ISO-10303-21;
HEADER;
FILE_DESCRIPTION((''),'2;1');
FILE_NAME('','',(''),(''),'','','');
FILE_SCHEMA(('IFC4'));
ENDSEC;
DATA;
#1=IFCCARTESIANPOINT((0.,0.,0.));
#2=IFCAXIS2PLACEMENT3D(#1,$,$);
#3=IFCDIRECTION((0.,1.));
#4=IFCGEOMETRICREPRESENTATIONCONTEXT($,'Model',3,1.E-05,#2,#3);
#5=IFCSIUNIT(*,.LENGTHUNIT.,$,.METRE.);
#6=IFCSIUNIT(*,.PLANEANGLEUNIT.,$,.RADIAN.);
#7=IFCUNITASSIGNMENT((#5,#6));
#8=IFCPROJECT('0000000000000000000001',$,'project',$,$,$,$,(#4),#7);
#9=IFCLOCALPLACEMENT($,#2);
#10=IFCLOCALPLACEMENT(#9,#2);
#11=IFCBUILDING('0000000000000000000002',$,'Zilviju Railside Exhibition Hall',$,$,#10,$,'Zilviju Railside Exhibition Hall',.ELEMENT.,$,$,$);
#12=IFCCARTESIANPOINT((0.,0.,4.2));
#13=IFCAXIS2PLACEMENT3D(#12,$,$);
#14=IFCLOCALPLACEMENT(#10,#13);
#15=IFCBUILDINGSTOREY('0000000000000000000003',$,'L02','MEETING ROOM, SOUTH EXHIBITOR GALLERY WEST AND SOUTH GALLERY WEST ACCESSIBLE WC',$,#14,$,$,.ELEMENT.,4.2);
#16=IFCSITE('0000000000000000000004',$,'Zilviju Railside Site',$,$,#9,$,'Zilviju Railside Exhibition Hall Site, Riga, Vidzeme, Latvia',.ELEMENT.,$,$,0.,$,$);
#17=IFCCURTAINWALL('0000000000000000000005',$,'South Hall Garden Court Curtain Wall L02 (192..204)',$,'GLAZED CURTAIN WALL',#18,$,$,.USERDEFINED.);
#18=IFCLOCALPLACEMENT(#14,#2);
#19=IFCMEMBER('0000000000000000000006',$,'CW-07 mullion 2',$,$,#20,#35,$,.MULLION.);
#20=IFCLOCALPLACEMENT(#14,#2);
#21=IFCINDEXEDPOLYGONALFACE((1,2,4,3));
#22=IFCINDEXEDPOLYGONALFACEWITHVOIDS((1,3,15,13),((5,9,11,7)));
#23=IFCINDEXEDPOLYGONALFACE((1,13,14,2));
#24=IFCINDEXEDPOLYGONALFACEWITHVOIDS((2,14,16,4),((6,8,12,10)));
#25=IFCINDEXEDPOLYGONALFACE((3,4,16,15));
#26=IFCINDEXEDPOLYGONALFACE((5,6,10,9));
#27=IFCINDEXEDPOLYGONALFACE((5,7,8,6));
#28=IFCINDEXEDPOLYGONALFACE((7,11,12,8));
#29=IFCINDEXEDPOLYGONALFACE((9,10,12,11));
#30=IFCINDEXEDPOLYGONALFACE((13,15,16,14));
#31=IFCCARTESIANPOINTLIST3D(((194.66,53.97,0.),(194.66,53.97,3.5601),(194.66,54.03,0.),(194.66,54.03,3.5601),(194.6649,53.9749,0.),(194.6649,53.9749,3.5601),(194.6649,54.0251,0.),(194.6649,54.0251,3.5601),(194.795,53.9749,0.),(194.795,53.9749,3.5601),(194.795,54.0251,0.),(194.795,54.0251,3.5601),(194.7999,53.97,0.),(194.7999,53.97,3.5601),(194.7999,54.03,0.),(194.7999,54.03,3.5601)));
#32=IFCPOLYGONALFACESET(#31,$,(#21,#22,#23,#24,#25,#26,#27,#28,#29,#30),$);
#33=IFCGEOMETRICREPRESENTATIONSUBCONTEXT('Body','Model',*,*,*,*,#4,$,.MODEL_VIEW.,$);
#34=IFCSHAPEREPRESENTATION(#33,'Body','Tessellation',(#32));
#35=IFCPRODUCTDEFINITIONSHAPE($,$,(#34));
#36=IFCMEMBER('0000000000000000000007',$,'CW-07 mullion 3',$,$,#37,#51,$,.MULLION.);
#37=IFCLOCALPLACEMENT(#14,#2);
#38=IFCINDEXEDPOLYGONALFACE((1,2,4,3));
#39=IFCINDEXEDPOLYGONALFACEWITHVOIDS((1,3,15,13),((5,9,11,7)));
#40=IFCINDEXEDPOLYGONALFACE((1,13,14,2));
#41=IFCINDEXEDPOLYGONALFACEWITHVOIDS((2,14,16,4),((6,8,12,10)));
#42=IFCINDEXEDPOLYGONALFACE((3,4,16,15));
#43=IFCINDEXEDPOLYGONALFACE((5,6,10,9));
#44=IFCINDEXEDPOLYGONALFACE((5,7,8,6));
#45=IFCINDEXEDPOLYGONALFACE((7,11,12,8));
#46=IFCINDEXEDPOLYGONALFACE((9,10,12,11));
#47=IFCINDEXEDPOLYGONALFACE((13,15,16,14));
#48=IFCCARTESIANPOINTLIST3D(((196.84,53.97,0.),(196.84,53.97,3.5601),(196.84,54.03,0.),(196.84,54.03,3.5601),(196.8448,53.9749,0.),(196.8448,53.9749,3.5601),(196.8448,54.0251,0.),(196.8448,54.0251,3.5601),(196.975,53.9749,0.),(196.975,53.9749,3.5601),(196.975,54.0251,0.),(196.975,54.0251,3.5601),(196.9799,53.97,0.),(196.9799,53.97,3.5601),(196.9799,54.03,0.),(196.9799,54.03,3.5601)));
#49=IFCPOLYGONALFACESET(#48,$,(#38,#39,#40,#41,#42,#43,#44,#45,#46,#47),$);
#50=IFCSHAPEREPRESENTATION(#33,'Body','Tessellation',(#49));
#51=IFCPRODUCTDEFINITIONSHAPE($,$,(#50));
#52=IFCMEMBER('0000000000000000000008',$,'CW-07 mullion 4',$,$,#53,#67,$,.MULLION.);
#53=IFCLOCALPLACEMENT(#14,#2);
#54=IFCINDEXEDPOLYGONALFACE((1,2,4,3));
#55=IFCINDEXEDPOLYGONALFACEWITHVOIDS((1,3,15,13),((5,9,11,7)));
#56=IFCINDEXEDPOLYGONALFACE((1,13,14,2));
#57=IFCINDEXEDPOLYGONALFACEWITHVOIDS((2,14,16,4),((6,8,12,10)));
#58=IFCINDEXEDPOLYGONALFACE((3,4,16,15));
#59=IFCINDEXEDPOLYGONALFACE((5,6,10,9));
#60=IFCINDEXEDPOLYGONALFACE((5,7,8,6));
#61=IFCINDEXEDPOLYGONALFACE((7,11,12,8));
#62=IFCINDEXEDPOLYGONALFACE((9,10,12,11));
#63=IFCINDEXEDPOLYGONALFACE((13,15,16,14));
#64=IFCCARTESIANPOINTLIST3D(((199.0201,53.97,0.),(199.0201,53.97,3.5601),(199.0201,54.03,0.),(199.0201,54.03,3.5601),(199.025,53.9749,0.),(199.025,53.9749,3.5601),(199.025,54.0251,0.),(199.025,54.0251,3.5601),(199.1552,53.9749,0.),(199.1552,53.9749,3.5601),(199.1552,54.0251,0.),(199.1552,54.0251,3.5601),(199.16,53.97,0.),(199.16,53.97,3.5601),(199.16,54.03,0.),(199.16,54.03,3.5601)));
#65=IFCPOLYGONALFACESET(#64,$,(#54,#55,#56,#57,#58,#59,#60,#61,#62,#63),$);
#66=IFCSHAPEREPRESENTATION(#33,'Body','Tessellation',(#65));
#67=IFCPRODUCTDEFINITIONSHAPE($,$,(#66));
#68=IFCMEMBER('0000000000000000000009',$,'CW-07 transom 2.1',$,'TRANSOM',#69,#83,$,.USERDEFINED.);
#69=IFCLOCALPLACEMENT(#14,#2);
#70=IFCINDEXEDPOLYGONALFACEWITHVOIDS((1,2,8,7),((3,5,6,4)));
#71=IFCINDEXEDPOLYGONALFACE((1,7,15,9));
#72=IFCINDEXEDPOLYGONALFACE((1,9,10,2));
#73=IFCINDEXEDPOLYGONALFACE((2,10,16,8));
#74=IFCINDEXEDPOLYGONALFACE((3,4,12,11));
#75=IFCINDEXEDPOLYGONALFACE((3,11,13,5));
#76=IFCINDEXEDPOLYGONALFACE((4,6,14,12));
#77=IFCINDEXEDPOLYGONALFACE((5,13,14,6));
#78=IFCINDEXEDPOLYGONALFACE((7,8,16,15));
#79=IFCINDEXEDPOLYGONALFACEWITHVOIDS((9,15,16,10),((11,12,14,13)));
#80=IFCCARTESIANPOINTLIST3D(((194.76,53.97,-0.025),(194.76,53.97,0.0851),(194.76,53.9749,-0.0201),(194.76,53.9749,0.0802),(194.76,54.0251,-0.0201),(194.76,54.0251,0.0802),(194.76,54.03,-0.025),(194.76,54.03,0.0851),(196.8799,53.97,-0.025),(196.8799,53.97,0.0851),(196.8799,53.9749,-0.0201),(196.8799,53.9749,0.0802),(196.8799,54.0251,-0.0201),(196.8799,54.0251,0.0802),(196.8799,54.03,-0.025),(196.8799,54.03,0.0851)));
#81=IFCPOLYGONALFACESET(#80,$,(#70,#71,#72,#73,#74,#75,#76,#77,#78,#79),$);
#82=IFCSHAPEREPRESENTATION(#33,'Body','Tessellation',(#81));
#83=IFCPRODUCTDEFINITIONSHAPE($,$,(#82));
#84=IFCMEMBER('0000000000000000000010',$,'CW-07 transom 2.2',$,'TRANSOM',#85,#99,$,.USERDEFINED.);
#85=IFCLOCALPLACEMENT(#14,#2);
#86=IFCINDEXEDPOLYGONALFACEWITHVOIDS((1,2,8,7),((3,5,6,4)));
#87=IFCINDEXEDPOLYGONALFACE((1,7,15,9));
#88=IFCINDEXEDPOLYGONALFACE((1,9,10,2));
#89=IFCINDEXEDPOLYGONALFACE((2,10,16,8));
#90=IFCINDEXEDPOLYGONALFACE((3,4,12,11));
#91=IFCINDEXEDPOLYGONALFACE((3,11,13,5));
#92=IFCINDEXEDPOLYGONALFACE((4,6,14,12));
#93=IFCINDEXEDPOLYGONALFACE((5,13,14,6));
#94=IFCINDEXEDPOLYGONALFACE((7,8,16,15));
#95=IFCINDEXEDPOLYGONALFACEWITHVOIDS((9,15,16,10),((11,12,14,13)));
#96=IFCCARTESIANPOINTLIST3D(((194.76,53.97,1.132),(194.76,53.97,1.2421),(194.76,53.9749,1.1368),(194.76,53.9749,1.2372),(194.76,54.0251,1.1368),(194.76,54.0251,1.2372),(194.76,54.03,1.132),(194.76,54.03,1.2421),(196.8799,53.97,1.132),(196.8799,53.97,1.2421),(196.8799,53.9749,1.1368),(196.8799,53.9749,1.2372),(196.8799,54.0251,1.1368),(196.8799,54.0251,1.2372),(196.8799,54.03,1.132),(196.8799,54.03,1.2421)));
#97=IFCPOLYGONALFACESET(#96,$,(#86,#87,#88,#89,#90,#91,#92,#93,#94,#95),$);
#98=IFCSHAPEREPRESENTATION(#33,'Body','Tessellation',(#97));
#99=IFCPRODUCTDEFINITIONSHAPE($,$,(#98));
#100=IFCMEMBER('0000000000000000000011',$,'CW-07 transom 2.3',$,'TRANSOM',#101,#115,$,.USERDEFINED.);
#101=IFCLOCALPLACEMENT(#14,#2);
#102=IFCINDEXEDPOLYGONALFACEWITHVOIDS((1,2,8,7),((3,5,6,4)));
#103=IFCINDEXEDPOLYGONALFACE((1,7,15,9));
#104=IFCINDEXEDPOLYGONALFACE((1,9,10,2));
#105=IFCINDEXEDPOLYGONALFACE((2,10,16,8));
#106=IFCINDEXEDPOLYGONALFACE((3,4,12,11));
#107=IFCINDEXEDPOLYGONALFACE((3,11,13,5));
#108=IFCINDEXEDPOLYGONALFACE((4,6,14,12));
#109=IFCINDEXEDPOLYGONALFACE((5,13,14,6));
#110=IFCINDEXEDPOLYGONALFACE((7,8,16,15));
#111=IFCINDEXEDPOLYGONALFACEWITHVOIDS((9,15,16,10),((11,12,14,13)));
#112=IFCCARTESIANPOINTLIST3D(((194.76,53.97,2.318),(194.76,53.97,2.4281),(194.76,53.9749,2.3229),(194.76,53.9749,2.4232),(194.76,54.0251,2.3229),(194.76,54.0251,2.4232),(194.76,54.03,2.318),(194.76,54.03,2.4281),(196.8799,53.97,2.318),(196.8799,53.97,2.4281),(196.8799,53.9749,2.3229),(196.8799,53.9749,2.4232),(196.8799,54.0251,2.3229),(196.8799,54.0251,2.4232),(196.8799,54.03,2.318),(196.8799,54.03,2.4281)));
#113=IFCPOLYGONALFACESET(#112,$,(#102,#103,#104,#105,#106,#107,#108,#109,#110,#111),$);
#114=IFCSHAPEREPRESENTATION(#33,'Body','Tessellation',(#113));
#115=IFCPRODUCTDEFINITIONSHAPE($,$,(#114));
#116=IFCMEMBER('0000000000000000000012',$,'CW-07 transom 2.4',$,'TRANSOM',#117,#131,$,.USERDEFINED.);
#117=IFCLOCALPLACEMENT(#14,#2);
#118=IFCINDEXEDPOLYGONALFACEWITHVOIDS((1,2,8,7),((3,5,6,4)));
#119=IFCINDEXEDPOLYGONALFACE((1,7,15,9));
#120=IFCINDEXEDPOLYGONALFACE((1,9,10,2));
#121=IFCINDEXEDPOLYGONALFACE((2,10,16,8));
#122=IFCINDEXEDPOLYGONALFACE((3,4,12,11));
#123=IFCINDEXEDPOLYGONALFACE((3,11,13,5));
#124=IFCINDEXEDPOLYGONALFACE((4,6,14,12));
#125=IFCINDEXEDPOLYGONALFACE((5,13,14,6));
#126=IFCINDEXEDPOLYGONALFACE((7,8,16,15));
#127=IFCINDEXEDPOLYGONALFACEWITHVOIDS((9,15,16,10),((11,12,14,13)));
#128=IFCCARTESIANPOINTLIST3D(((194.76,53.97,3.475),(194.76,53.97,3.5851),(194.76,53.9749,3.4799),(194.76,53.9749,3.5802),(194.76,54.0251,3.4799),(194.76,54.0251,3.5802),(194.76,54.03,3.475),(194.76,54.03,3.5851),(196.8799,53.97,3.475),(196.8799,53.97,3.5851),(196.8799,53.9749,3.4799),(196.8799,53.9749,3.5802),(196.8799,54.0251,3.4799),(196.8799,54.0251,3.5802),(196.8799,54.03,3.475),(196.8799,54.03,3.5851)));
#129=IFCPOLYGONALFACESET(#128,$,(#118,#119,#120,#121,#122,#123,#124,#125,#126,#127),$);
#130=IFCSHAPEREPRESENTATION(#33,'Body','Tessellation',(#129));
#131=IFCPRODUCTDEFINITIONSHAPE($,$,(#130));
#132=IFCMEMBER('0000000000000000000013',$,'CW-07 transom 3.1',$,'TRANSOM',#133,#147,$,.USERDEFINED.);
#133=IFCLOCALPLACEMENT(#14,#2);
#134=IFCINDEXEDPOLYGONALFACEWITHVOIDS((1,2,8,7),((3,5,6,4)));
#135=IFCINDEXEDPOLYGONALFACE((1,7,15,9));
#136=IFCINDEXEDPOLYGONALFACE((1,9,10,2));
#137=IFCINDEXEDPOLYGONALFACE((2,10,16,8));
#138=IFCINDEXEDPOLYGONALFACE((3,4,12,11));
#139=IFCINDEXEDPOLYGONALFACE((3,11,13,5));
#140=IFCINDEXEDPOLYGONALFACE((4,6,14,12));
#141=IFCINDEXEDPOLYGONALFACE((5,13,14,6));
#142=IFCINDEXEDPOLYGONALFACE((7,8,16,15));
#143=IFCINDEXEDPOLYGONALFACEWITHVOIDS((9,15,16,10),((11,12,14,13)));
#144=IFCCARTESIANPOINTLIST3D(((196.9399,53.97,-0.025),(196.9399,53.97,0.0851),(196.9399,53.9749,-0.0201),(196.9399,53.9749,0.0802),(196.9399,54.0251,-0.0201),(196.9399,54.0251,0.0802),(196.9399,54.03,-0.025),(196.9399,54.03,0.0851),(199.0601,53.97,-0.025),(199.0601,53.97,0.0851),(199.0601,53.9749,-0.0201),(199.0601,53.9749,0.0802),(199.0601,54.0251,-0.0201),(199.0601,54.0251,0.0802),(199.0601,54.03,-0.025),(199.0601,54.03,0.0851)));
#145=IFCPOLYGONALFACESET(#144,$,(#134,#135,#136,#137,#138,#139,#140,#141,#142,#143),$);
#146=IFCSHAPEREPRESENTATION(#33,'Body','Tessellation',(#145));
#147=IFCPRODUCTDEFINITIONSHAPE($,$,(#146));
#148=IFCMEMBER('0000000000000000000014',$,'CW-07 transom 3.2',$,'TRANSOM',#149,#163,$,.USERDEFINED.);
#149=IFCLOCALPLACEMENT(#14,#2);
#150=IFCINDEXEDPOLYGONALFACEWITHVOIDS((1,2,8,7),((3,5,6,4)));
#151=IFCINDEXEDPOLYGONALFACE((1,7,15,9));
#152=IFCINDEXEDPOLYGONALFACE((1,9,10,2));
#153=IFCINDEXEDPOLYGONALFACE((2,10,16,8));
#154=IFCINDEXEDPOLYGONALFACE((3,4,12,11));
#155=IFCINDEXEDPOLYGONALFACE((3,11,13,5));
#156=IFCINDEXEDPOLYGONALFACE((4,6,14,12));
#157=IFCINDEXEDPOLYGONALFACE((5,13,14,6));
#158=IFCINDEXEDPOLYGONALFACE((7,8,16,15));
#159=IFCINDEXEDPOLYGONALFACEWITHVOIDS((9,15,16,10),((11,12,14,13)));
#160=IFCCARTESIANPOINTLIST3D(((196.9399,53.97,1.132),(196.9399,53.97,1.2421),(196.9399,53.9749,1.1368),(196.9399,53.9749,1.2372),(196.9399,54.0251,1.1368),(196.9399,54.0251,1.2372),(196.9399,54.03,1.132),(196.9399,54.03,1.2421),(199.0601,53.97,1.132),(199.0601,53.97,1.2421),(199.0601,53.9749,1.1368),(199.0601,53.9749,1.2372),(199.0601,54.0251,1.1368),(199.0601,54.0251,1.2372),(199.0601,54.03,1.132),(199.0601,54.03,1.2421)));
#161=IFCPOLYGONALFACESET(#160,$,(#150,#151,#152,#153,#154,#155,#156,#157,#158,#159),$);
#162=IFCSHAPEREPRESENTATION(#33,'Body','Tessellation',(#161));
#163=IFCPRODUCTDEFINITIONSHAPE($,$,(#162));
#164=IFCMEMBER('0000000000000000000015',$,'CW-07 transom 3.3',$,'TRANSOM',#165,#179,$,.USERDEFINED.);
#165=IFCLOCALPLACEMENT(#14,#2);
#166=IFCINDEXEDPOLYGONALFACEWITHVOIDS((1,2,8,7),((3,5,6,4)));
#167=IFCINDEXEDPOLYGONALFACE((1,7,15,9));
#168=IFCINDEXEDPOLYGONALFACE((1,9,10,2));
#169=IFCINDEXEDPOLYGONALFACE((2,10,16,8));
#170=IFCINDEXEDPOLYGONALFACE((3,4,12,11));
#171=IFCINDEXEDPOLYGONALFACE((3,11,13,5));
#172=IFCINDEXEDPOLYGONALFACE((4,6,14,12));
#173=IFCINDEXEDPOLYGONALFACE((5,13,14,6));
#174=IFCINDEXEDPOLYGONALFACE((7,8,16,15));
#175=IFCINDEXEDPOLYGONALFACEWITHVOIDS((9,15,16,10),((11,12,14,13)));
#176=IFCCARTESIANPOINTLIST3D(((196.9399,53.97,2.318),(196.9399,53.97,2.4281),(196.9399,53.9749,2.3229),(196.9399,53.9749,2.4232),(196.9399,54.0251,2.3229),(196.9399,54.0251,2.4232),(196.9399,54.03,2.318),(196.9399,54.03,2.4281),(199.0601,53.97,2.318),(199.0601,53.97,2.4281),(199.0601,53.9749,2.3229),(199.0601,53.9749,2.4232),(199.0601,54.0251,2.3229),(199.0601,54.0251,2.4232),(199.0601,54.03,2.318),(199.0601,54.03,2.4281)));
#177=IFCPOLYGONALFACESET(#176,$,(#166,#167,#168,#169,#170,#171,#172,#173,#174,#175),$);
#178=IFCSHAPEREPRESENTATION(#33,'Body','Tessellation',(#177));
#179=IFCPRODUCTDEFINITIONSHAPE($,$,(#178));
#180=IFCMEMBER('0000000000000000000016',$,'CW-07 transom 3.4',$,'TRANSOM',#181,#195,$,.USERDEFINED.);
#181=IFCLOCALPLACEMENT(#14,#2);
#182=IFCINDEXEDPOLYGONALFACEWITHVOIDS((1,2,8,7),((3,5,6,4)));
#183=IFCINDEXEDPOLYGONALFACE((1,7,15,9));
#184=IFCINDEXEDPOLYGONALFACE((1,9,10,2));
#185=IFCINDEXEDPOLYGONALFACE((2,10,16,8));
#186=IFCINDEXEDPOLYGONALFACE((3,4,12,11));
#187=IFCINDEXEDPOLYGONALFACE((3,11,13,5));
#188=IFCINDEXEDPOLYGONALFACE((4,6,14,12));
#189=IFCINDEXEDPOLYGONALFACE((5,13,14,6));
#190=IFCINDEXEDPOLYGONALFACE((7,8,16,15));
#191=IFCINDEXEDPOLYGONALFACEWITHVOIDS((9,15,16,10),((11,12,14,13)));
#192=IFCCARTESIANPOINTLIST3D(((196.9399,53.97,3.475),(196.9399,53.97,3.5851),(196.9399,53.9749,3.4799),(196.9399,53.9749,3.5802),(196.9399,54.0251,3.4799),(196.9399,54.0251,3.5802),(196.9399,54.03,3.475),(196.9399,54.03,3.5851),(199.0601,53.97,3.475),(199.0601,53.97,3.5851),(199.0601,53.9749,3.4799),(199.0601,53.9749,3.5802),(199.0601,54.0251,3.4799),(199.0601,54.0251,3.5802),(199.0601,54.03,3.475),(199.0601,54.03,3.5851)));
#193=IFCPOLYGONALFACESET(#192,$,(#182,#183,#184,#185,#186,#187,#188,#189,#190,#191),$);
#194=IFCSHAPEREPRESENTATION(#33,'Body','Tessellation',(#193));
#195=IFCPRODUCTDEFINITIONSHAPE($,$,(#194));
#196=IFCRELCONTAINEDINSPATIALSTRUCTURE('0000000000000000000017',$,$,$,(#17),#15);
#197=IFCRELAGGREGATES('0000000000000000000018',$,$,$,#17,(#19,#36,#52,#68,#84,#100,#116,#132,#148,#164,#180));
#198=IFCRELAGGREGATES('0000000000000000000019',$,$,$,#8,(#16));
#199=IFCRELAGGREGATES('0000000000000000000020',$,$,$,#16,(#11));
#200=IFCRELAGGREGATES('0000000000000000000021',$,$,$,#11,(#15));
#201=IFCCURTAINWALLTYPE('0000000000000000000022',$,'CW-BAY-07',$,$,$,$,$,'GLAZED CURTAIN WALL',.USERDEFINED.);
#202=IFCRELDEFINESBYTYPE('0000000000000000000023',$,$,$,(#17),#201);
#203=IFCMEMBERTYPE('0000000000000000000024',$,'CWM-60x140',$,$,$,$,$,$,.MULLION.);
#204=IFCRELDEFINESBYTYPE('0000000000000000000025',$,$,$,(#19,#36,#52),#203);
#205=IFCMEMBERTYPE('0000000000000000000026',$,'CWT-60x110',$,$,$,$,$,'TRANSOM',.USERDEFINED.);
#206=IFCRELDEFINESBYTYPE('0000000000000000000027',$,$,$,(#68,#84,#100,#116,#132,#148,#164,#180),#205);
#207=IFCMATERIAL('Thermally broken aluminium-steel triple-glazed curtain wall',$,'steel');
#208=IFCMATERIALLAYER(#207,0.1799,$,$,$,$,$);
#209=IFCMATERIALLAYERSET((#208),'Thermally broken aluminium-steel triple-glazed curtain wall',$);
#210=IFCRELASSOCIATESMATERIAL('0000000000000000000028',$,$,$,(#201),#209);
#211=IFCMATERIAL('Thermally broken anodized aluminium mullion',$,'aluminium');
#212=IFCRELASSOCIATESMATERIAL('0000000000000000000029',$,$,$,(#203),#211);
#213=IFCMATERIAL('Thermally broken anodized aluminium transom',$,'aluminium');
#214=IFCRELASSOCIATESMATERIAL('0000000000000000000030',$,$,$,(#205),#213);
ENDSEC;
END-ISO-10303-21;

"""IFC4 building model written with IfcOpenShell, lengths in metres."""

from ifc_helpers import new_model, si_unit, direction, frame, origin, origin_2d, place, context, subcontext, project, spatial, hollow_rectangle, extrude, material, layer, layer_set, material_profile, profile_set, type_object, element, aggregate, save


model = new_model("IFC4")

# Units and contexts
model_context = context("Model", 3, precision=1e-05, world=origin(), true_north=direction((0.0, 1.0)))
body_context = subcontext(model_context, "Body", "Model", "MODEL_VIEW")
ifc_project = project(units=[si_unit("LENGTHUNIT", "METRE"), si_unit("PLANEANGLEUNIT", "RADIAN")], contexts=[model_context])

# Site, building, storey
site_placement = place(None, origin())
site = spatial("IfcSite", under=ifc_project, at=site_placement, Name="Zilviju Railside Site", LongName="Zilviju Railside Exhibition Hall Site, Riga, Vidzeme, Latvia", CompositionType="ELEMENT", RefElevation=0.0)
building_placement = place(site_placement, origin())
building = spatial("IfcBuilding", under=site, at=building_placement, Name="Zilviju Railside Exhibition Hall", LongName="Zilviju Railside Exhibition Hall", CompositionType="ELEMENT")
storey_placement = place(building_placement, frame((0.0, 0.0, 4.2)))
storey = spatial("IfcBuildingStorey", under=building, at=storey_placement, Name="L02", Description="MEETING ROOM, SOUTH EXHIBITOR GALLERY WEST AND SOUTH GALLERY WEST ACCESSIBLE WC", CompositionType="ELEMENT", Elevation=4.2)

# Curtain wall, members
ifc_material_1 = material(Name="Thermally broken aluminium-steel triple-glazed curtain wall", Category="steel")
ifc_layer_1 = layer(ifc_material_1, 0.1799)
ifc_layer_set_1 = layer_set([ifc_layer_1], Name="Thermally broken aluminium-steel triple-glazed curtain wall")
curtain_wall_type = type_object("IfcCurtainWallType", Name="CW-BAY-07", ElementType="GLAZED CURTAIN WALL", PredefinedType="USERDEFINED", material=ifc_layer_set_1)
curtain_wall_placement = place(storey_placement, origin())
curtain_wall = element("IfcCurtainWall", 1, at=curtain_wall_placement, inside=storey, type_object=curtain_wall_type, Name="South Hall Garden Court Curtain Wall L02 (192..204)", ObjectType="GLAZED CURTAIN WALL", PredefinedType="USERDEFINED")
ifc_material_2 = material(Name="Thermally broken anodized aluminium mullion", Category="aluminium")
ifc_material_profile_1 = material_profile(ifc_material_2, hollow_rectangle(XDim=0.0601, YDim=0.1399, WallThickness=0.0049, at=origin_2d()), Name="MULLION 140x60x5")
ifc_profile_set_1 = profile_set([ifc_material_profile_1], Name="Thermally broken anodized aluminium mullion")
member_type_1 = type_object("IfcMemberType", Name="CWM-60x140", PredefinedType="MULLION", material=ifc_profile_set_1)
member_1_placement = place(storey_placement, frame((194.73, 54.0, 0.0), z_axis=(0.0, 0.0, 1.0), x_axis=(0.0, 1.0, 0.0)))
member_1 = element("IfcMember", 2, at=member_1_placement, type_object=member_type_1, Name="CW-07 mullion 2", PredefinedType="MULLION", context=body_context, shape_type="SweptSolid", body=[
    extrude(hollow_rectangle(XDim=0.0601, YDim=0.1399, WallThickness=0.0049, at=origin_2d()), origin(), (0.0, 0.0, 1.0), 3.5601),
])
member_2_placement = place(storey_placement, frame((196.9099, 54.0, 0.0), z_axis=(0.0, 0.0, 1.0), x_axis=(0.0, 1.0, 0.0)))
member_2 = element("IfcMember", 3, at=member_2_placement, type_object=member_type_1, Name="CW-07 mullion 3", PredefinedType="MULLION", context=body_context, shape_type="SweptSolid", body=[
    extrude(hollow_rectangle(XDim=0.0601, YDim=0.1399, WallThickness=0.0049, at=origin_2d()), origin(), (0.0, 0.0, 1.0), 3.5601),
])
member_3_placement = place(storey_placement, frame((199.0901, 54.0, 0.0), z_axis=(0.0, 0.0, 1.0), x_axis=(0.0, 1.0, 0.0)))
member_3 = element("IfcMember", 4, at=member_3_placement, type_object=member_type_1, Name="CW-07 mullion 4", PredefinedType="MULLION", context=body_context, shape_type="SweptSolid", body=[
    extrude(hollow_rectangle(XDim=0.0601, YDim=0.1399, WallThickness=0.0049, at=origin_2d()), origin(), (0.0, 0.0, 1.0), 3.5601),
])
ifc_material_3 = material(Name="Thermally broken anodized aluminium transom", Category="aluminium")
ifc_material_profile_2 = material_profile(ifc_material_3, hollow_rectangle(XDim=0.0601, YDim=0.1101, WallThickness=0.0049, at=origin_2d()), Name="TRANSOM 110x60x5")
ifc_profile_set_2 = profile_set([ifc_material_profile_2], Name="Thermally broken anodized aluminium transom")
member_type_2 = type_object("IfcMemberType", Name="CWT-60x110", ElementType="TRANSOM", PredefinedType="USERDEFINED", material=ifc_profile_set_2)
member_4_placement = place(storey_placement, frame((194.76, 54.0, 0.03), z_axis=(1.0, 0.0, 0.0), x_axis=(0.0, 1.0, 0.0)))
member_4 = element("IfcMember", 5, at=member_4_placement, type_object=member_type_2, Name="CW-07 transom 2.1", ObjectType="TRANSOM", PredefinedType="USERDEFINED", context=body_context, shape_type="SweptSolid", body=[
    extrude(hollow_rectangle(XDim=0.0601, YDim=0.1101, WallThickness=0.0049, at=origin_2d()), origin(), (0.0, 0.0, 1.0), 2.1199),
])
member_5_placement = place(storey_placement, frame((194.76, 54.0, 1.187), z_axis=(1.0, 0.0, 0.0), x_axis=(0.0, 1.0, 0.0)))
member_5 = element("IfcMember", 6, at=member_5_placement, type_object=member_type_2, Name="CW-07 transom 2.2", ObjectType="TRANSOM", PredefinedType="USERDEFINED", context=body_context, shape_type="SweptSolid", body=[
    extrude(hollow_rectangle(XDim=0.0601, YDim=0.1101, WallThickness=0.0049, at=origin_2d()), origin(), (0.0, 0.0, 1.0), 2.1199),
])
member_6_placement = place(storey_placement, frame((194.76, 54.0, 2.373), z_axis=(1.0, 0.0, 0.0), x_axis=(0.0, 1.0, 0.0)))
member_6 = element("IfcMember", 7, at=member_6_placement, type_object=member_type_2, Name="CW-07 transom 2.3", ObjectType="TRANSOM", PredefinedType="USERDEFINED", context=body_context, shape_type="SweptSolid", body=[
    extrude(hollow_rectangle(XDim=0.0601, YDim=0.1101, WallThickness=0.0049, at=origin_2d()), origin(), (0.0, 0.0, 1.0), 2.1199),
])
member_7_placement = place(storey_placement, frame((194.76, 54.0, 3.53), z_axis=(1.0, 0.0, 0.0), x_axis=(0.0, 1.0, 0.0)))
member_7 = element("IfcMember", 8, at=member_7_placement, type_object=member_type_2, Name="CW-07 transom 2.4", ObjectType="TRANSOM", PredefinedType="USERDEFINED", context=body_context, shape_type="SweptSolid", body=[
    extrude(hollow_rectangle(XDim=0.0601, YDim=0.1101, WallThickness=0.0049, at=origin_2d()), origin(), (0.0, 0.0, 1.0), 2.1199),
])
member_8_placement = place(storey_placement, frame((196.9399, 54.0, 0.03), z_axis=(1.0, 0.0, 0.0), x_axis=(0.0, 1.0, 0.0)))
member_8 = element("IfcMember", 9, at=member_8_placement, type_object=member_type_2, Name="CW-07 transom 3.1", ObjectType="TRANSOM", PredefinedType="USERDEFINED", context=body_context, shape_type="SweptSolid", body=[
    extrude(hollow_rectangle(XDim=0.0601, YDim=0.1101, WallThickness=0.0049, at=origin_2d()), origin(), (0.0, 0.0, 1.0), 2.1201),
])
member_9_placement = place(storey_placement, frame((196.9399, 54.0, 1.187), z_axis=(1.0, 0.0, 0.0), x_axis=(0.0, 1.0, 0.0)))
member_9 = element("IfcMember", 10, at=member_9_placement, type_object=member_type_2, Name="CW-07 transom 3.2", ObjectType="TRANSOM", PredefinedType="USERDEFINED", context=body_context, shape_type="SweptSolid", body=[
    extrude(hollow_rectangle(XDim=0.0601, YDim=0.1101, WallThickness=0.0049, at=origin_2d()), origin(), (0.0, 0.0, 1.0), 2.1201),
])
member_10_placement = place(storey_placement, frame((196.9399, 54.0, 2.373), z_axis=(1.0, 0.0, 0.0), x_axis=(0.0, 1.0, 0.0)))
member_10 = element("IfcMember", 11, at=member_10_placement, type_object=member_type_2, Name="CW-07 transom 3.3", ObjectType="TRANSOM", PredefinedType="USERDEFINED", context=body_context, shape_type="SweptSolid", body=[
    extrude(hollow_rectangle(XDim=0.0601, YDim=0.1101, WallThickness=0.0049, at=origin_2d()), origin(), (0.0, 0.0, 1.0), 2.1201),
])
member_11_placement = place(storey_placement, frame((196.9399, 54.0, 3.53), z_axis=(1.0, 0.0, 0.0), x_axis=(0.0, 1.0, 0.0)))
member_11 = element("IfcMember", 12, at=member_11_placement, type_object=member_type_2, Name="CW-07 transom 3.4", ObjectType="TRANSOM", PredefinedType="USERDEFINED", context=body_context, shape_type="SweptSolid", body=[
    extrude(hollow_rectangle(XDim=0.0601, YDim=0.1101, WallThickness=0.0049, at=origin_2d()), origin(), (0.0, 0.0, 1.0), 2.1201),
])
aggregate(curtain_wall, [member_1, member_2, member_3, member_4, member_5, member_6, member_7, member_8, member_9, member_10, member_11])

save(model, "model.ifc")
